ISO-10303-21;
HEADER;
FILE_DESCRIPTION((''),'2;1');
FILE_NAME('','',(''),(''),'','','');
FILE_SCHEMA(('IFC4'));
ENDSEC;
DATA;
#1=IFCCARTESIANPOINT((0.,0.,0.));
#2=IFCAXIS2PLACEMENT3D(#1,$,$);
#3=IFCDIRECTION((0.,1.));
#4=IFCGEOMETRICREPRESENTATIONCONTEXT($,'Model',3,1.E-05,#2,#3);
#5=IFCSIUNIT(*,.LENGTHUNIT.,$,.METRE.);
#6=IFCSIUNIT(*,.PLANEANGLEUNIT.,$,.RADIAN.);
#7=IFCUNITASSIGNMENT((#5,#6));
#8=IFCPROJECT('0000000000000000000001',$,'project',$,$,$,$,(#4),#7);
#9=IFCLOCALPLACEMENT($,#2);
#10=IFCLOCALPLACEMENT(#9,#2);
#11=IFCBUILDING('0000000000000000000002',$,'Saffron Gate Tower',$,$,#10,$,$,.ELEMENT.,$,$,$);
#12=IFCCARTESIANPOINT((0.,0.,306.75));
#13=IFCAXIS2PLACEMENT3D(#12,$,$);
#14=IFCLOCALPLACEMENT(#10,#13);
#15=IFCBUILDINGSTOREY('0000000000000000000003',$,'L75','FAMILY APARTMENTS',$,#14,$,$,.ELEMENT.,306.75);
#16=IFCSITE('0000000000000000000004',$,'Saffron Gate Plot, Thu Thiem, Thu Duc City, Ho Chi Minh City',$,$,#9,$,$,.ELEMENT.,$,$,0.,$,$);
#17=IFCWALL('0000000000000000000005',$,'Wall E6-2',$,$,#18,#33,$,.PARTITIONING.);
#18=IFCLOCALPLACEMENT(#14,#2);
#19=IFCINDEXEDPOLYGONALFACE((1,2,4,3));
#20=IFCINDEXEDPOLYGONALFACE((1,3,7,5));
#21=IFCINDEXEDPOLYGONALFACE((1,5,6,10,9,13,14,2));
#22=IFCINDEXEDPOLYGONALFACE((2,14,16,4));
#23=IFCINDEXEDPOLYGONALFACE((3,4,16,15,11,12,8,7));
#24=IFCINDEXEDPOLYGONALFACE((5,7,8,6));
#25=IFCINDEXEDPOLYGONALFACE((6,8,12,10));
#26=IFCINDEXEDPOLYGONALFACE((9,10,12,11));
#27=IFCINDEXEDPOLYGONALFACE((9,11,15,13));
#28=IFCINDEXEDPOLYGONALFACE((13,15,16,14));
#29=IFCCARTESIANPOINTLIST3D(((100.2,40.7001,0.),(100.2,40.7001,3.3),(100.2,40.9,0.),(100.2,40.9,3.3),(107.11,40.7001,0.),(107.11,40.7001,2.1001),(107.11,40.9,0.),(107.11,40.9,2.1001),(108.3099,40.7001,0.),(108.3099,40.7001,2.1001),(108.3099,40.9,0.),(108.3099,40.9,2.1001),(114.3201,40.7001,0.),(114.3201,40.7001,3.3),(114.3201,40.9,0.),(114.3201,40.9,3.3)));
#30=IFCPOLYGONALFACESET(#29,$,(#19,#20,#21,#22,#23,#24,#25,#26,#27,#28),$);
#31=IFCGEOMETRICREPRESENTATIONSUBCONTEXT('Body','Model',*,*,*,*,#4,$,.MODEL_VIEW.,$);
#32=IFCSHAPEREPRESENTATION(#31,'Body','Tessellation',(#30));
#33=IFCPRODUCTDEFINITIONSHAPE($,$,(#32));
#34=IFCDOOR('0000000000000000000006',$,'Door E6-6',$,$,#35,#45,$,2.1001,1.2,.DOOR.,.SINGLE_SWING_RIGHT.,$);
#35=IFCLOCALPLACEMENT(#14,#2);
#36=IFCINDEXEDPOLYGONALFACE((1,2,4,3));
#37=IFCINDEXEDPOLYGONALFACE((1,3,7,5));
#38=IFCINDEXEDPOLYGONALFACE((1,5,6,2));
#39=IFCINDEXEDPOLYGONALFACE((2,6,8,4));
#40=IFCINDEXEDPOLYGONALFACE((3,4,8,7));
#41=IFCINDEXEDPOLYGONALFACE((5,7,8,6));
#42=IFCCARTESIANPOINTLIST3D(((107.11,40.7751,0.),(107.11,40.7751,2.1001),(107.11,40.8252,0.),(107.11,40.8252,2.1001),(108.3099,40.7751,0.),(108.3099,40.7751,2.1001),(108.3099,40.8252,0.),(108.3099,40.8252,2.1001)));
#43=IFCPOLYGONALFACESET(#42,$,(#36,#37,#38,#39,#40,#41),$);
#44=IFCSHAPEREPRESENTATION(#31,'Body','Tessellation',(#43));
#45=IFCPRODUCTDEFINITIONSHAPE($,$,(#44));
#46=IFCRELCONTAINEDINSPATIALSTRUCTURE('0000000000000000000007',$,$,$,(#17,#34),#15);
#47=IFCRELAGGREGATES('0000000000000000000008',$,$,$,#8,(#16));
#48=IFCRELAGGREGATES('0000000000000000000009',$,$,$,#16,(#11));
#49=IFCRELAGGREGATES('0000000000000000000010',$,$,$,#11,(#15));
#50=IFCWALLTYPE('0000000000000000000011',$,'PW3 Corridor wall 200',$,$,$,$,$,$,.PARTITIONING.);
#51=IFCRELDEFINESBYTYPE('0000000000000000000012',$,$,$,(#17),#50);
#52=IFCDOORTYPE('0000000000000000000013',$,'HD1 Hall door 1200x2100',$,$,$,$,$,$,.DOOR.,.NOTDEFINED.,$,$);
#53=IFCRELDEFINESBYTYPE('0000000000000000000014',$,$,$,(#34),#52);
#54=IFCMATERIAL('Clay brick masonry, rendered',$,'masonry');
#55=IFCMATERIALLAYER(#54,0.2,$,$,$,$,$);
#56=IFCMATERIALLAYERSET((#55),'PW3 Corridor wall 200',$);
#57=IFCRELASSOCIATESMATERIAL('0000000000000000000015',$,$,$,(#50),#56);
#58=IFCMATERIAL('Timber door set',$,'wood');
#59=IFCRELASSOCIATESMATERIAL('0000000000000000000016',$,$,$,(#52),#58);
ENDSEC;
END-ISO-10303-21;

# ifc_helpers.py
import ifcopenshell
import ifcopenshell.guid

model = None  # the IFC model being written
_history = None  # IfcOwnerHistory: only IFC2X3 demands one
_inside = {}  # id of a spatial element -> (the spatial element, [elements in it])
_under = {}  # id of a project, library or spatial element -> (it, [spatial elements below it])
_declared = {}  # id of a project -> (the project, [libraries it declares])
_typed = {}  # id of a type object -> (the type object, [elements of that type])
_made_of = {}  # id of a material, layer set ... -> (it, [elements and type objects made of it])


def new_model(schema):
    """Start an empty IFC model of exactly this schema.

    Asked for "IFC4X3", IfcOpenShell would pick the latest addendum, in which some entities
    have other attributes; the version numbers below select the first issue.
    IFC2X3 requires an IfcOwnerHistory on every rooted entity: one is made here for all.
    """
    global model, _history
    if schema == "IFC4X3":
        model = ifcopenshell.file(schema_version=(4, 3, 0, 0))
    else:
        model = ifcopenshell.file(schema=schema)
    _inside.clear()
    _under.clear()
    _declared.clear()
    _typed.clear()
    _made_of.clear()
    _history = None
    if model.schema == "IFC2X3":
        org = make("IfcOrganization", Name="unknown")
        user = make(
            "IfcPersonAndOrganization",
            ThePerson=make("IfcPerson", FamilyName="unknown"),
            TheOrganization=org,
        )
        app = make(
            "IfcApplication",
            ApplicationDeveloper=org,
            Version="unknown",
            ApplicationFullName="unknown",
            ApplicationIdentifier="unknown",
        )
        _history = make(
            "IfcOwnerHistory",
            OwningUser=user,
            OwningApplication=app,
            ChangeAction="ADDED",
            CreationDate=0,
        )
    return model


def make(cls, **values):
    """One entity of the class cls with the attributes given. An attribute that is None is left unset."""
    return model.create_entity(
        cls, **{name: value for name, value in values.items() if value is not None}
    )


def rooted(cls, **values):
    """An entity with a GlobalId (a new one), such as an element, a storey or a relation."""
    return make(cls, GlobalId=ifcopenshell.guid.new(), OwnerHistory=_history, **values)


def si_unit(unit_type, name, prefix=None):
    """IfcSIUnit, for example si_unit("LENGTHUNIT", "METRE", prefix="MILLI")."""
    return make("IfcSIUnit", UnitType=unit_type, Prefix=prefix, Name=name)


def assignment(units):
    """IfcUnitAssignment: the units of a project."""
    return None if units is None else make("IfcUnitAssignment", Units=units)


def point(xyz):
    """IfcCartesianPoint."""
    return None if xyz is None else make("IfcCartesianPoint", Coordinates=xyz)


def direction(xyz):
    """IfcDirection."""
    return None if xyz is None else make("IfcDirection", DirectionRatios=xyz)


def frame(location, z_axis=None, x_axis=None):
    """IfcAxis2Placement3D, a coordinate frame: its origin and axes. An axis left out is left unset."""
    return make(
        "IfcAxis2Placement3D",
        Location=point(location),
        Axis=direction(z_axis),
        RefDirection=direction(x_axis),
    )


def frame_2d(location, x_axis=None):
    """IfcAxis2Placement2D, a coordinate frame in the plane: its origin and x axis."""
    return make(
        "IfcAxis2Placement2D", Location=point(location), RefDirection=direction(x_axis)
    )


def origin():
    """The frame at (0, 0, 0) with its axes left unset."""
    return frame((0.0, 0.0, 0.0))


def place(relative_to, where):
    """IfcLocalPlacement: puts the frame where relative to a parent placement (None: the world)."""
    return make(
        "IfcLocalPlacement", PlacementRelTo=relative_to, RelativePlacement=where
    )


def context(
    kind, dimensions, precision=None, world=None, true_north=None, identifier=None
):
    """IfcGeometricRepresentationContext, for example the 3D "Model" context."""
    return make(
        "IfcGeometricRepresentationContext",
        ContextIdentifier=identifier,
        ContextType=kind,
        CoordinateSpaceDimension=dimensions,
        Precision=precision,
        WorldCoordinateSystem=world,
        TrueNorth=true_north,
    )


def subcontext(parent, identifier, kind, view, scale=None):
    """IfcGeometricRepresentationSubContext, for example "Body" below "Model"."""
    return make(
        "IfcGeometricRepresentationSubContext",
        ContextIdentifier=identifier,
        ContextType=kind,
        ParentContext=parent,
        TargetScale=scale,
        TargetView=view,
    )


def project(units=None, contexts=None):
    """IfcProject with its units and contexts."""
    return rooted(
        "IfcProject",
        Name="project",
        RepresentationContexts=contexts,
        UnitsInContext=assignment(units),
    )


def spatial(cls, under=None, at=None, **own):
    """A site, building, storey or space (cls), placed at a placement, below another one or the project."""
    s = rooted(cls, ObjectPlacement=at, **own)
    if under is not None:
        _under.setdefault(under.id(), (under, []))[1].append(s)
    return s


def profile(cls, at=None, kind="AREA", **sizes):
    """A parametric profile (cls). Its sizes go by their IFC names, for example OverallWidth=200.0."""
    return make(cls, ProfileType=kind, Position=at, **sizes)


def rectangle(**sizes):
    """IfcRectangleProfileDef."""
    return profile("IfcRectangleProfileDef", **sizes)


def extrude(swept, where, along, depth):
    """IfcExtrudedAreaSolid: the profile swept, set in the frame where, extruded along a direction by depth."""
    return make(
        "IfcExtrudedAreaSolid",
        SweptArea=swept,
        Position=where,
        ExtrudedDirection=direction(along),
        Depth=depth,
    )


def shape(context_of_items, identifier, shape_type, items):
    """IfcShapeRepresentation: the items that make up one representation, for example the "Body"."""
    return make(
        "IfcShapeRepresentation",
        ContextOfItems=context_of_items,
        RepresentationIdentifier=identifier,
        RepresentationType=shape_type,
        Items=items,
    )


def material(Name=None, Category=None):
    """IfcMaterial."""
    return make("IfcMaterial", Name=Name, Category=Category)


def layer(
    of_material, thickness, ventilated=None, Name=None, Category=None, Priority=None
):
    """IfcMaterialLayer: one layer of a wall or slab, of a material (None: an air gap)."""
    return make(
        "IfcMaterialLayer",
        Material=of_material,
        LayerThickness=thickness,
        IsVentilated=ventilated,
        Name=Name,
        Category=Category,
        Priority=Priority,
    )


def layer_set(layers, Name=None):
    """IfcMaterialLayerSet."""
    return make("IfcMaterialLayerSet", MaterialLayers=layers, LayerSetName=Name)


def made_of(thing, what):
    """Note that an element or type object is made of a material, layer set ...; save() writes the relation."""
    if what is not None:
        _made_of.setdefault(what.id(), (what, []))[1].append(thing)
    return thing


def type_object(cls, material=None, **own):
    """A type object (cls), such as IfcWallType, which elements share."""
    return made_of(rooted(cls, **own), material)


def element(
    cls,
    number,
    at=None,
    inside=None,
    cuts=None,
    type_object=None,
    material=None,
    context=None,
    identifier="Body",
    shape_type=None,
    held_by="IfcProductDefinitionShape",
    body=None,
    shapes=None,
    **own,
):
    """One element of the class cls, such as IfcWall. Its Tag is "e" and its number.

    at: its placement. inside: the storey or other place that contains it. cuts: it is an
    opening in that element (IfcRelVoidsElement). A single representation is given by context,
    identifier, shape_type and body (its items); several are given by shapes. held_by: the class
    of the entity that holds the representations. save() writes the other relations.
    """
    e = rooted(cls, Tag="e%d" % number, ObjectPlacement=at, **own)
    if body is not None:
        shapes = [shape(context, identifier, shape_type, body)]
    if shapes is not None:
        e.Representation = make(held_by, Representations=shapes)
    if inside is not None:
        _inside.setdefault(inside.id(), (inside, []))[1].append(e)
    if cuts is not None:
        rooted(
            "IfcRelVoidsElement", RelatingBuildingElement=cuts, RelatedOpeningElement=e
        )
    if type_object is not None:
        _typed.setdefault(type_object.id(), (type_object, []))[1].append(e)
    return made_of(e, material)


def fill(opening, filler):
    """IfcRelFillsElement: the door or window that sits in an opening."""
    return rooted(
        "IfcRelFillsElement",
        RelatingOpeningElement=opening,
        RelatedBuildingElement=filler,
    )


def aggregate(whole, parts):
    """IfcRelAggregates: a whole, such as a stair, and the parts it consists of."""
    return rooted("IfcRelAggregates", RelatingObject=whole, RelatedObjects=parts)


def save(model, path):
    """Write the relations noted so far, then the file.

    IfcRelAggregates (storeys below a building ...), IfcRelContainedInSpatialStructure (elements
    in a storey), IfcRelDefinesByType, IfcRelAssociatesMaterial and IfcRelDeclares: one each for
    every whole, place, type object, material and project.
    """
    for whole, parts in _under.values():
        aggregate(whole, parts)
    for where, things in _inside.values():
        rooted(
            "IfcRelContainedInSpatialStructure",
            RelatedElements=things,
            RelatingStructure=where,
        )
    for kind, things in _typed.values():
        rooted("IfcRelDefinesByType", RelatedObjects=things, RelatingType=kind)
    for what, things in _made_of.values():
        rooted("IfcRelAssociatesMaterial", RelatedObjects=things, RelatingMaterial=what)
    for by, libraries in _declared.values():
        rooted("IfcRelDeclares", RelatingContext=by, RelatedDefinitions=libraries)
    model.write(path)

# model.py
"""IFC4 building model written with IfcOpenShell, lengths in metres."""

from ifc_helpers import new_model, si_unit, direction, frame, frame_2d, origin, place, context, subcontext, project, spatial, rectangle, extrude, material, layer, layer_set, type_object, element, fill, save


model = new_model("IFC4")

# Units and contexts
model_context = context("Model", 3, precision=1e-05, world=origin(), true_north=direction((0.0, 1.0)))
body_context = subcontext(model_context, "Body", "Model", "MODEL_VIEW")
ifc_project = project(units=[si_unit("LENGTHUNIT", "METRE"), si_unit("PLANEANGLEUNIT", "RADIAN")], contexts=[model_context])

# Site, building, storey
site_placement = place(None, origin())
site = spatial("IfcSite", under=ifc_project, at=site_placement, Name="Saffron Gate Plot, Thu Thiem, Thu Duc City, Ho Chi Minh City", CompositionType="ELEMENT", RefElevation=0.0)
building_placement = place(site_placement, origin())
building = spatial("IfcBuilding", under=site, at=building_placement, Name="Saffron Gate Tower", CompositionType="ELEMENT")
storey_placement = place(building_placement, frame((0.0, 0.0, 306.75)))
storey = spatial("IfcBuildingStorey", under=building, at=storey_placement, Name="L75", Description="FAMILY APARTMENTS", CompositionType="ELEMENT", Elevation=306.75)

# Wall, opening, door
ifc_material_1 = material(Name="Clay brick masonry, rendered", Category="masonry")
ifc_layer_1 = layer(ifc_material_1, 0.2)
ifc_layer_set_1 = layer_set([ifc_layer_1], Name="PW3 Corridor wall 200")
wall_type_1 = type_object("IfcWallType", Name="PW3 Corridor wall 200", PredefinedType="PARTITIONING", material=ifc_layer_set_1)
wall_1_placement = place(storey_placement, frame((114.3201, 40.8, 0.0), z_axis=(0.0, 0.0, 1.0), x_axis=(-1.0, 0.0, 0.0)))
wall_1 = element("IfcWall", 1, at=wall_1_placement, inside=storey, type_object=wall_type_1, Name="Wall E6-2", PredefinedType="PARTITIONING", context=body_context, shape_type="SweptSolid", body=[
    extrude(rectangle(XDim=14.1201, YDim=0.2, at=frame_2d((7.0601, 0.0))), origin(), (0.0, 0.0, 1.0), 3.3),
])
opening_1_placement = place(wall_1_placement, frame((6.01, 0.0, 0.0)))
opening_1 = element("IfcOpeningElement", 2, at=opening_1_placement, cuts=wall_1, PredefinedType="OPENING", context=body_context, shape_type="SweptSolid", body=[
    extrude(rectangle(XDim=1.2, YDim=2.1001, at=frame_2d((0.6001, 1.05))), frame((0.0, 0.1099, 0.0), z_axis=(0.0, -1.0, 0.0), x_axis=(1.0, 0.0, 0.0)), (0.0, 0.0, 1.0), 0.22),
])
ifc_material_2 = material(Name="Timber door set", Category="wood")
door_type = type_object("IfcDoorType", Name="HD1 Hall door 1200x2100", OperationType="NOTDEFINED", PredefinedType="DOOR", material=ifc_material_2)
door_placement = place(opening_1_placement, origin())
door = element("IfcDoor", 3, at=door_placement, inside=storey, type_object=door_type, Name="Door E6-6", OperationType="SINGLE_SWING_RIGHT", OverallHeight=2.1001, OverallWidth=1.2, PredefinedType="DOOR", context=body_context, shape_type="SweptSolid", body=[
    extrude(rectangle(XDim=1.2, YDim=2.1001, at=frame_2d((0.6001, 1.05))), frame((0.0, 0.0249, 0.0), z_axis=(0.0, -1.0, 0.0), x_axis=(1.0, 0.0, 0.0)), (0.0, 0.0, 1.0), 0.05),
])
fill(opening_1, door)

save(model, "model.ifc")
